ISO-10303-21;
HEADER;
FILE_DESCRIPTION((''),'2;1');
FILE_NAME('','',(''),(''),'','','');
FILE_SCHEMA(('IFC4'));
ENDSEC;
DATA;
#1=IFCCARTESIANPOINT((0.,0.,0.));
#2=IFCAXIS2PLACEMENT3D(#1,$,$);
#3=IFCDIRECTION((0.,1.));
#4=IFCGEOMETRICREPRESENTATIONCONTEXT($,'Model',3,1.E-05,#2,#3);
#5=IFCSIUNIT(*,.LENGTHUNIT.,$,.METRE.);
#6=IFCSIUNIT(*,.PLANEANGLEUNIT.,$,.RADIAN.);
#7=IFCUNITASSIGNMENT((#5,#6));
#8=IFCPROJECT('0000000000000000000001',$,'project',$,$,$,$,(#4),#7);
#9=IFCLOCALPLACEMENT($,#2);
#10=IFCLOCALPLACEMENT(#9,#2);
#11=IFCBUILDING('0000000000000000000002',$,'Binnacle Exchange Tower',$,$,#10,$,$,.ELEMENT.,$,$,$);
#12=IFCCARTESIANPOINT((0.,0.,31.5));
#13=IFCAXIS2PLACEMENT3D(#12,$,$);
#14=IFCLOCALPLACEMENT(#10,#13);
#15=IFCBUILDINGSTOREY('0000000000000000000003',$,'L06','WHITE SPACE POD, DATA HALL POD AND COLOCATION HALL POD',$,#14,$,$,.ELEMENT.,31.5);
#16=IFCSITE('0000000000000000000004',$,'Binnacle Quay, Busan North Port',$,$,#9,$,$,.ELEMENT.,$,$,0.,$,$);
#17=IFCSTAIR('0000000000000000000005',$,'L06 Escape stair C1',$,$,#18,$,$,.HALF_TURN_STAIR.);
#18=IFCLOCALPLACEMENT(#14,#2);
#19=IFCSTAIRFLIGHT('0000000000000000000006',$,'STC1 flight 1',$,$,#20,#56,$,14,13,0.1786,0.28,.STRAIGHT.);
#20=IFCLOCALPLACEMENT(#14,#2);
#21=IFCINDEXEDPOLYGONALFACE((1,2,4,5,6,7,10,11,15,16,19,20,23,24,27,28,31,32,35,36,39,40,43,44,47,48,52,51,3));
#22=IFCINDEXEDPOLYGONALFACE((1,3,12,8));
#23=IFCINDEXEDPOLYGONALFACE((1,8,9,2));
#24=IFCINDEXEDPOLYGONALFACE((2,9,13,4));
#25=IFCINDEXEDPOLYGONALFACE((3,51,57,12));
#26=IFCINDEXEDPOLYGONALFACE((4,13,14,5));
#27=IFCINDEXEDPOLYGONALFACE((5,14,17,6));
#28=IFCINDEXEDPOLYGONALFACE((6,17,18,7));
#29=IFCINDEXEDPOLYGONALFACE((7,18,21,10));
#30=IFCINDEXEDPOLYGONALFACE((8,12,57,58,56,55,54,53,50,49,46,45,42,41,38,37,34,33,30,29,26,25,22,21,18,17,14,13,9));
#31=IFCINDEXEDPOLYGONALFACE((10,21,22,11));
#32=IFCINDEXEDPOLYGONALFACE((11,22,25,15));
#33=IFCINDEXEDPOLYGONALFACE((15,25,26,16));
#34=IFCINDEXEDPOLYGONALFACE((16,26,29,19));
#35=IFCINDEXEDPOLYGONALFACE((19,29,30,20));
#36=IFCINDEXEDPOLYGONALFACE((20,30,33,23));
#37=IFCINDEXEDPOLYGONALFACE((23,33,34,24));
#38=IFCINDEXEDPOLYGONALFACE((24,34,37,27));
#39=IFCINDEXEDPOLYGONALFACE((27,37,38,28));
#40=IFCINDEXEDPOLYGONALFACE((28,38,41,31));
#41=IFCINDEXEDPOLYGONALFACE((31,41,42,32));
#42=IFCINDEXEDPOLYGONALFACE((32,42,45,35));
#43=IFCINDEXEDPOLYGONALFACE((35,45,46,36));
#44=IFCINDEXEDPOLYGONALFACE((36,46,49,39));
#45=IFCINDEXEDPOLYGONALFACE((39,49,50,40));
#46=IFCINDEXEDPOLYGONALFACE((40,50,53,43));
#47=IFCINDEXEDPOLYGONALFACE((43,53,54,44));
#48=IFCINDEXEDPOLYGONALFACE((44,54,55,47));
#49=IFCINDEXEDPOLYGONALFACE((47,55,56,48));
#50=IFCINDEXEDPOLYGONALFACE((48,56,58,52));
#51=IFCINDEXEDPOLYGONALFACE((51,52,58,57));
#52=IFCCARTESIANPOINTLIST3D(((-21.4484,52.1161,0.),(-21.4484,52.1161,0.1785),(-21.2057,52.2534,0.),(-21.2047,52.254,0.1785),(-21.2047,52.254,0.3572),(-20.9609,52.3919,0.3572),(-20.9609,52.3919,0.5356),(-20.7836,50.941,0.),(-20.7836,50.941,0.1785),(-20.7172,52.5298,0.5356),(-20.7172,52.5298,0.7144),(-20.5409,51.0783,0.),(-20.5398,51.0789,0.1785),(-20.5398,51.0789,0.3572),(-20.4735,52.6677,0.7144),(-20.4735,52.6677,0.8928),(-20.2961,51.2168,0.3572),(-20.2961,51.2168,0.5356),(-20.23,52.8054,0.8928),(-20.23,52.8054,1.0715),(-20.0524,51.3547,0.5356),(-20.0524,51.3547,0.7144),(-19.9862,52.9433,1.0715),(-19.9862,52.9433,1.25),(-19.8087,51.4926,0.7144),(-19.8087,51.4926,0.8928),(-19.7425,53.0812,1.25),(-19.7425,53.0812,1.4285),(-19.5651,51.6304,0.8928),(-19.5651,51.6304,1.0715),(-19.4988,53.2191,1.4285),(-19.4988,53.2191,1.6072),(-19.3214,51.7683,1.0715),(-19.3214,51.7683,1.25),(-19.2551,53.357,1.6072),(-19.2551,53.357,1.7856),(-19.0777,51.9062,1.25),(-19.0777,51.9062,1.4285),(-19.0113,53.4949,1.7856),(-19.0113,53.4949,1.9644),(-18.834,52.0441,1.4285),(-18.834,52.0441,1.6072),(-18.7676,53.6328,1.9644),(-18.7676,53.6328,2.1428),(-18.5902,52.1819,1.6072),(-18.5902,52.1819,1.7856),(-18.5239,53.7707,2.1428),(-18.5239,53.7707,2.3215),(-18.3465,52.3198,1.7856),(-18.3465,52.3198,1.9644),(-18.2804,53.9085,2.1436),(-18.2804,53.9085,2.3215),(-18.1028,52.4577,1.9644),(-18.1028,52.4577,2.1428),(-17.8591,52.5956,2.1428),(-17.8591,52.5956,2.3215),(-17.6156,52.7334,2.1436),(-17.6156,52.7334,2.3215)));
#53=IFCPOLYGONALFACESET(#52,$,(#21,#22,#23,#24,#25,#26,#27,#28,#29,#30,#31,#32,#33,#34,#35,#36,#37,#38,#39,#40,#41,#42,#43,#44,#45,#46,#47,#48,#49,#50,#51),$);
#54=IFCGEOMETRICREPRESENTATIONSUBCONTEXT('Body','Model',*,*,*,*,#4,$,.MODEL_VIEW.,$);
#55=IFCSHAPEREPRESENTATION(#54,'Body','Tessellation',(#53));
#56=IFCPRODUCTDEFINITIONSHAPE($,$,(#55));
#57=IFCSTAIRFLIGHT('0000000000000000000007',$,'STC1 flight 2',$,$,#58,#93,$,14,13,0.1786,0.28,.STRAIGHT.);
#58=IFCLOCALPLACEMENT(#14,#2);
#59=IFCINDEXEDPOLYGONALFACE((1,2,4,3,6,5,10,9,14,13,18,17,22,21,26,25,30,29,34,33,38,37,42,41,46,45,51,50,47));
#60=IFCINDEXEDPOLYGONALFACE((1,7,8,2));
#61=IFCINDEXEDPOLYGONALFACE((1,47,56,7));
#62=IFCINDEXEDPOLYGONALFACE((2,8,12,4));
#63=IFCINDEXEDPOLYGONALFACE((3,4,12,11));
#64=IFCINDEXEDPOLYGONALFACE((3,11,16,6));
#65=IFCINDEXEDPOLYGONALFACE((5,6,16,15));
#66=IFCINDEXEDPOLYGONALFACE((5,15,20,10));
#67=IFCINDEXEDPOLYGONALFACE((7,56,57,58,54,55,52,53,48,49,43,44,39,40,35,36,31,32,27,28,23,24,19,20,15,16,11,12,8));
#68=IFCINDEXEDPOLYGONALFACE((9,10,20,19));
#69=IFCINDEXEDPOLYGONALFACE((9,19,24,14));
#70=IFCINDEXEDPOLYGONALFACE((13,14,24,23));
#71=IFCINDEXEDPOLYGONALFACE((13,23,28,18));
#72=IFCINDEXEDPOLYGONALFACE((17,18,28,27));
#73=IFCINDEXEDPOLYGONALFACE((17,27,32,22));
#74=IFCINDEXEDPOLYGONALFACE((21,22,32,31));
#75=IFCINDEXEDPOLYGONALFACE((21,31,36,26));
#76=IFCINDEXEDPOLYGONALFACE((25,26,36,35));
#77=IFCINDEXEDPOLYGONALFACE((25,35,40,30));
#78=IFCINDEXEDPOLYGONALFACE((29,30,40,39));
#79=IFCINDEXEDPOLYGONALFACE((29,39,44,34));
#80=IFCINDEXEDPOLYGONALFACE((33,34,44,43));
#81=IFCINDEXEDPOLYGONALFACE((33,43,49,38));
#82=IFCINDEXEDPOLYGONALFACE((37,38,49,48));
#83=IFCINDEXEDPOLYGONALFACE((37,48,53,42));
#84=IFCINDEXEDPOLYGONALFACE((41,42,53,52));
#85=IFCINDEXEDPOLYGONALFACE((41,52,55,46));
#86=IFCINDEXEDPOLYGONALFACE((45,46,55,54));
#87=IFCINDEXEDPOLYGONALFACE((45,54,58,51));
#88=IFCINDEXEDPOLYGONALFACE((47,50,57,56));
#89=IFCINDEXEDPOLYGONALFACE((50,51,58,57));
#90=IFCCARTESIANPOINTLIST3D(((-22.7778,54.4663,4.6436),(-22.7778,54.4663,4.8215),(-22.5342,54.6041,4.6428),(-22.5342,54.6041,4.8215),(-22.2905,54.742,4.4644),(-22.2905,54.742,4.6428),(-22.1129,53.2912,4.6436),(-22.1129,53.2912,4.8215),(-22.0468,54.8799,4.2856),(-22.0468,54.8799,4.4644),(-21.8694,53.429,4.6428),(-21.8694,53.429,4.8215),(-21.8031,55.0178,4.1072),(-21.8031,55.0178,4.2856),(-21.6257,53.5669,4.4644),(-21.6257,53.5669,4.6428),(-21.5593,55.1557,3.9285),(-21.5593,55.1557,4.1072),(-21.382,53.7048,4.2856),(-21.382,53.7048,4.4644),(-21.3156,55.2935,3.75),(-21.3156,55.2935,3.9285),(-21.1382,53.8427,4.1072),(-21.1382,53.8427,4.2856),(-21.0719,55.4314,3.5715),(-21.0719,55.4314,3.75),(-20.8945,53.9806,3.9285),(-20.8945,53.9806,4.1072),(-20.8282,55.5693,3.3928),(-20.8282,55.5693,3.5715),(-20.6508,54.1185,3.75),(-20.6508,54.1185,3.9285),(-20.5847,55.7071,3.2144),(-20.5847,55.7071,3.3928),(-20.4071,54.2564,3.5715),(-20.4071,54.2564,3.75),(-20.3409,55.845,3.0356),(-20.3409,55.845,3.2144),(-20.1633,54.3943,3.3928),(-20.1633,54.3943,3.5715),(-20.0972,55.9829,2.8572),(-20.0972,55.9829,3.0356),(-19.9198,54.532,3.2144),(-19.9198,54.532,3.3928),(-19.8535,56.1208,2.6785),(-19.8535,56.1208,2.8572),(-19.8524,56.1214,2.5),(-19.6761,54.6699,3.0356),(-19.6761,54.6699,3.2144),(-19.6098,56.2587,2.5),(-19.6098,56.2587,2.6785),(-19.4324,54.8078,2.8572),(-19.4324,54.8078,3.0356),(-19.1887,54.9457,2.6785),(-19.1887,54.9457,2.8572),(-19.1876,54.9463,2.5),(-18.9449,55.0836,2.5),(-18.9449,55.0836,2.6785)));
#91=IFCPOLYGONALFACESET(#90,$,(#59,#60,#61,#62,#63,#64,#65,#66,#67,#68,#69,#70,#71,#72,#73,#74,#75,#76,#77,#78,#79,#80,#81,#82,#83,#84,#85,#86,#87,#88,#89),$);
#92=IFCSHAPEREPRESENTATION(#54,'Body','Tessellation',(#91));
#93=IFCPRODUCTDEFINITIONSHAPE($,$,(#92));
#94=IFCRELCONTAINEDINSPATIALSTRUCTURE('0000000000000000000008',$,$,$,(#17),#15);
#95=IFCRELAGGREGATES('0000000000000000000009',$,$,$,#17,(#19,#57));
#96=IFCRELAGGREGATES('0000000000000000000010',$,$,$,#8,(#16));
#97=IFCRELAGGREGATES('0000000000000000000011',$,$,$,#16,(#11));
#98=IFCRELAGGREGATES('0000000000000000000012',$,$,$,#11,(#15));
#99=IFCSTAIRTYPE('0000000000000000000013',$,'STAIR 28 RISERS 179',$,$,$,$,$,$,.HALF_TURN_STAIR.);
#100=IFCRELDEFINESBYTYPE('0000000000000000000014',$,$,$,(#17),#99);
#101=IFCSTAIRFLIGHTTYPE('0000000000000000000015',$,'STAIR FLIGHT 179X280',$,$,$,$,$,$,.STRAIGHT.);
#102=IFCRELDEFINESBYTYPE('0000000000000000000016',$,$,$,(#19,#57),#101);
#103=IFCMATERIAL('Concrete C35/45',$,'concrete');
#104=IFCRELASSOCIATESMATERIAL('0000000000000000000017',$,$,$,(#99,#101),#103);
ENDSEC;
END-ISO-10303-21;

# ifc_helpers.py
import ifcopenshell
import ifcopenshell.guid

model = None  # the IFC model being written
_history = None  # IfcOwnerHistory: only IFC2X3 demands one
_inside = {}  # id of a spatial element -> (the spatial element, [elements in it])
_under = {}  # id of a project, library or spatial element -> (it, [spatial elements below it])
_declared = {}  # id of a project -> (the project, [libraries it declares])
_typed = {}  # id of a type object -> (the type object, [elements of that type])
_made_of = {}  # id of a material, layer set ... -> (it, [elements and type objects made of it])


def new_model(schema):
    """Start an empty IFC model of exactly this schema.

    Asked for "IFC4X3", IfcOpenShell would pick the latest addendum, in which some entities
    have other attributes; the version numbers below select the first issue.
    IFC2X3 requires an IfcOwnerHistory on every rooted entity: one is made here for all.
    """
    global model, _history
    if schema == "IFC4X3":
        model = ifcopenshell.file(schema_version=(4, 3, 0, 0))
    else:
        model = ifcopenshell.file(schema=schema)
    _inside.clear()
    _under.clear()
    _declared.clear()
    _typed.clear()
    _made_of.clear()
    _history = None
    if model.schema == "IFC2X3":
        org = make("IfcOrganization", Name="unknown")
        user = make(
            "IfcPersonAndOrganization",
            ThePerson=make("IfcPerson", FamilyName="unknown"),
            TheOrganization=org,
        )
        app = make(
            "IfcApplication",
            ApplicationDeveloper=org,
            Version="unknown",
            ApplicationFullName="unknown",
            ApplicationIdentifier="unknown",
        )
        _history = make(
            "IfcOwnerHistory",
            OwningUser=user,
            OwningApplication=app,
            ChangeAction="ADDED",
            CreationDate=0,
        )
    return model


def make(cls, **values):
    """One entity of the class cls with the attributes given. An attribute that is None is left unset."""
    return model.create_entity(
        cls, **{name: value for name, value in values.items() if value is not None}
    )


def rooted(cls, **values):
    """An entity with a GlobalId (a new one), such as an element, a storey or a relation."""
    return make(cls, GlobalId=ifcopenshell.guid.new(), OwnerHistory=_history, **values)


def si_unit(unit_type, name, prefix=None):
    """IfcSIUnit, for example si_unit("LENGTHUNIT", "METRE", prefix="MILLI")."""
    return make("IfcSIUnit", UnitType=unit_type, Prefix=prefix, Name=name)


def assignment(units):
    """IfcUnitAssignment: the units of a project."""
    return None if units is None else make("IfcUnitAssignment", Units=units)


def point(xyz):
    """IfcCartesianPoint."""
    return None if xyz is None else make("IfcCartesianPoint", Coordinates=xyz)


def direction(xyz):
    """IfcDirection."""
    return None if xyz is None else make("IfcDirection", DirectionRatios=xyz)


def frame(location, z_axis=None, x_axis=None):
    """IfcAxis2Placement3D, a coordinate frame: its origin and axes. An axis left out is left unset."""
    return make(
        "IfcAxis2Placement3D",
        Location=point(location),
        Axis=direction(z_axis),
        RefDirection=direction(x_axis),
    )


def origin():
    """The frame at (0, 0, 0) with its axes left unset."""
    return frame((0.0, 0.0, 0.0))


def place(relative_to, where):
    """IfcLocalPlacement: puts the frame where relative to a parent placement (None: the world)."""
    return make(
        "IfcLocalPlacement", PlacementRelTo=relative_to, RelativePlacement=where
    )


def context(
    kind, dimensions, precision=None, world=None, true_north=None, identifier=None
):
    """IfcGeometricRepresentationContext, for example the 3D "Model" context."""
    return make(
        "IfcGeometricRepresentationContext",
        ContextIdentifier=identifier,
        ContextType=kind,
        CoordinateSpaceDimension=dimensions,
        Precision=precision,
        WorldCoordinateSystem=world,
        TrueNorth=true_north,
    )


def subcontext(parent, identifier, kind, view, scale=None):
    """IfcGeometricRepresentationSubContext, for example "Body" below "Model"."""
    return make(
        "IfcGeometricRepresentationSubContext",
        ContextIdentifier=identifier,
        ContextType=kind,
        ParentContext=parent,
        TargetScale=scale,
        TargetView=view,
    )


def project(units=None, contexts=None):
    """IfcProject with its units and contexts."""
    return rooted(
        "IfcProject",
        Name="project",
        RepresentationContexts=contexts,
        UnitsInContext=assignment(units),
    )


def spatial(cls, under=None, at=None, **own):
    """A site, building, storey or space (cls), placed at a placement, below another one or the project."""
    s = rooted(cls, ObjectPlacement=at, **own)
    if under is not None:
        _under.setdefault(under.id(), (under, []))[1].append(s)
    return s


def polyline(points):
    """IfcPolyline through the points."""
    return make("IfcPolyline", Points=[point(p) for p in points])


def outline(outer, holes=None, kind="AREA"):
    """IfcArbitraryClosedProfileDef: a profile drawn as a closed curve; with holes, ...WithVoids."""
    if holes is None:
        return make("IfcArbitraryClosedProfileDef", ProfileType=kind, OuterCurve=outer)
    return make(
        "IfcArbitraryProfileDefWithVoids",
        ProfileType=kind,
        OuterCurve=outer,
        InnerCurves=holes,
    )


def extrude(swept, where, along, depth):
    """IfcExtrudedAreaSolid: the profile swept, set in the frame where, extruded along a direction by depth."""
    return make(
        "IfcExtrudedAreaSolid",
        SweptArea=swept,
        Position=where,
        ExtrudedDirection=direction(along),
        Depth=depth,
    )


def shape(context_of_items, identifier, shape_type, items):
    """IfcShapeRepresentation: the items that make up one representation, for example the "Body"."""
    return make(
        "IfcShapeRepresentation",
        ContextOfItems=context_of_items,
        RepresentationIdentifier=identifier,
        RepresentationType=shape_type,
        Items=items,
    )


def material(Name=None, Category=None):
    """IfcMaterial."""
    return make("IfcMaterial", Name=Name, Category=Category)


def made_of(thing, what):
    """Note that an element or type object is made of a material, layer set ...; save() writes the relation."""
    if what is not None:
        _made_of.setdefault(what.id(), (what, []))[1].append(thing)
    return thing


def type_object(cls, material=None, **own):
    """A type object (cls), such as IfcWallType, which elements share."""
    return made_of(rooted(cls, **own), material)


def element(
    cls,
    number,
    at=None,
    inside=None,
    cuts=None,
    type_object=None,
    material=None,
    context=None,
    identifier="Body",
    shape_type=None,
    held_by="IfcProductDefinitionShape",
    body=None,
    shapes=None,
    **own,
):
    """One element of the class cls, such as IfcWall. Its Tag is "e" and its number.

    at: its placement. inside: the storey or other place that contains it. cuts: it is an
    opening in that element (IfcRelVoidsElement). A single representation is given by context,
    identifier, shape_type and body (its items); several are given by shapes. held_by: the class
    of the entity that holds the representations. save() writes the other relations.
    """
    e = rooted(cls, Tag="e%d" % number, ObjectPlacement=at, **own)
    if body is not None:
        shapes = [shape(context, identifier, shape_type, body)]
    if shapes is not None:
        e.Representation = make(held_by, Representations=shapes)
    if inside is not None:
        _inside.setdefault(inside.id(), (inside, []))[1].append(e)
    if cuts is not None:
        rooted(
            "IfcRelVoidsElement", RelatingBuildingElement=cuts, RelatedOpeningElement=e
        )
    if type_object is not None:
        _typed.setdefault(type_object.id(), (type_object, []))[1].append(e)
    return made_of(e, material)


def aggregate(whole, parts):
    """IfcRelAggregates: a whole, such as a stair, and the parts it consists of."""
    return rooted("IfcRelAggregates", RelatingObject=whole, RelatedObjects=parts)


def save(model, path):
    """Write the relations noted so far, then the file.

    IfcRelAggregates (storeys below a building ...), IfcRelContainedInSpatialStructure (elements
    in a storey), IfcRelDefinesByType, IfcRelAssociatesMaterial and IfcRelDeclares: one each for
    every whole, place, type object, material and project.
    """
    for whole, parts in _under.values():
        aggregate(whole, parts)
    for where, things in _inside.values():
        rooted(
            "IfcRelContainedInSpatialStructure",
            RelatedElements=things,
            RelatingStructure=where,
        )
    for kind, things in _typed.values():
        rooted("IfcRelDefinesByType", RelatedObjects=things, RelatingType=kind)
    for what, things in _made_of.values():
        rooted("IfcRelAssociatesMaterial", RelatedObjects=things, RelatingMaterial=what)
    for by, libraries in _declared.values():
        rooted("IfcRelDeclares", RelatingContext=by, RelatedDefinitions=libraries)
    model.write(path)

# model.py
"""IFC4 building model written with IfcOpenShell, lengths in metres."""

from ifc_helpers import new_model, si_unit, direction, frame, origin, place, context, subcontext, project, spatial, polyline, outline, extrude, material, type_object, element, aggregate, save


model = new_model("IFC4")

# Units and contexts
model_context = context("Model", 3, precision=1e-05, world=origin(), true_north=direction((0.0, 1.0)))
body_context = subcontext(model_context, "Body", "Model", "MODEL_VIEW")
ifc_project = project(units=[si_unit("LENGTHUNIT", "METRE"), si_unit("PLANEANGLEUNIT", "RADIAN")], contexts=[model_context])

# Site, building, storey
site_placement = place(None, origin())
site = spatial("IfcSite", under=ifc_project, at=site_placement, Name="Binnacle Quay, Busan North Port", CompositionType="ELEMENT", RefElevation=0.0)
building_placement = place(site_placement, origin())
building = spatial("IfcBuilding", under=site, at=building_placement, Name="Binnacle Exchange Tower", CompositionType="ELEMENT")
storey_placement = place(building_placement, frame((0.0, 0.0, 31.5)))
storey = spatial("IfcBuildingStorey", under=building, at=storey_placement, Name="L06", Description="WHITE SPACE POD, DATA HALL POD AND COLOCATION HALL POD", CompositionType="ELEMENT", Elevation=31.5)

# Stair, stair flights
ifc_material_1 = material(Name="Concrete C35/45", Category="concrete")
stair_type = type_object("IfcStairType", Name="STAIR 28 RISERS 179", PredefinedType="HALF_TURN_STAIR", material=ifc_material_1)
stair_placement = place(storey_placement, origin())
stair = element("IfcStair", 1, at=stair_placement, inside=storey, type_object=stair_type, Name="L06 Escape stair C1", PredefinedType="HALF_TURN_STAIR")
stair_flight_type = type_object("IfcStairFlightType", Name="STAIR FLIGHT 179X280", PredefinedType="STRAIGHT", material=ifc_material_1)
stair_flight_1_placement = place(storey_placement, frame((-21.116, 51.5286, 0.0), z_axis=(0.0, 0.0, 1.0), x_axis=(0.870356, 0.492424, 0.0)))
stair_flight_1 = element("IfcStairFlight", 2, at=stair_flight_1_placement, type_object=stair_flight_type, Name="STC1 flight 1", NumberOfRisers=14, NumberOfTreads=13, PredefinedType="STRAIGHT", RiserHeight=0.1786, TreadLength=0.28, context=body_context, shape_type="SweptSolid", body=[
    extrude(outline(polyline([(0.0, 0.0), (0.0, 0.1785), (0.28, 0.1785), (0.28, 0.3572), (0.5601, 0.3572), (0.5601, 0.5356), (0.8401, 0.5356), (0.8401, 0.7144), (1.1201, 0.7144), (1.1201, 0.8928), (1.3999, 0.8928), (1.3999, 1.0715), (1.6799, 1.0715), (1.6799, 1.25), (1.96, 1.25), (1.96, 1.4285), (2.24, 1.4285), (2.24, 1.6072), (2.52, 1.6072), (2.52, 1.7856), (2.8, 1.7856), (2.8, 1.9644), (3.0801, 1.9644), (3.0801, 2.1428), (3.3601, 2.1428), (3.3601, 2.3215), (3.6399, 2.3215), (3.6399, 2.5), (3.6399, 2.1436), (0.2788, 0.0), (0.0, 0.0)])), frame((0.0, 0.675, 0.0), z_axis=(0.0, -1.0, 0.0), x_axis=(1.0, 0.0, 0.0)), (0.0, 0.0, 1.0), 1.3501),
])
stair_flight_2_placement = place(storey_placement, frame((-19.2773, 55.6711, 2.5), z_axis=(0.0, 0.0, 1.0), x_axis=(-0.870356, -0.492424, 0.0)))
stair_flight_2 = element("IfcStairFlight", 3, at=stair_flight_2_placement, type_object=stair_flight_type, Name="STC1 flight 2", NumberOfRisers=14, NumberOfTreads=13, PredefinedType="STRAIGHT", RiserHeight=0.1786, TreadLength=0.28, context=body_context, shape_type="SweptSolid", body=[
    extrude(outline(polyline([(0.0, 0.0), (0.0, 0.1785), (0.28, 0.1785), (0.28, 0.3572), (0.5601, 0.3572), (0.5601, 0.5356), (0.8401, 0.5356), (0.8401, 0.7144), (1.1201, 0.7144), (1.1201, 0.8928), (1.3999, 0.8928), (1.3999, 1.0715), (1.6799, 1.0715), (1.6799, 1.25), (1.96, 1.25), (1.96, 1.4285), (2.24, 1.4285), (2.24, 1.6072), (2.52, 1.6072), (2.52, 1.7856), (2.8, 1.7856), (2.8, 1.9644), (3.0801, 1.9644), (3.0801, 2.1428), (3.3601, 2.1428), (3.3601, 2.3215), (3.6399, 2.3215), (3.6399, 2.5), (3.6399, 2.1436), (0.2788, 0.0), (0.0, 0.0)])), frame((0.0, 0.675, 0.0), z_axis=(0.0, -1.0, 0.0), x_axis=(1.0, 0.0, 0.0)), (0.0, 0.0, 1.0), 1.3501),
])
aggregate(stair, [stair_flight_1, stair_flight_2])

save(model, "model.ifc")
